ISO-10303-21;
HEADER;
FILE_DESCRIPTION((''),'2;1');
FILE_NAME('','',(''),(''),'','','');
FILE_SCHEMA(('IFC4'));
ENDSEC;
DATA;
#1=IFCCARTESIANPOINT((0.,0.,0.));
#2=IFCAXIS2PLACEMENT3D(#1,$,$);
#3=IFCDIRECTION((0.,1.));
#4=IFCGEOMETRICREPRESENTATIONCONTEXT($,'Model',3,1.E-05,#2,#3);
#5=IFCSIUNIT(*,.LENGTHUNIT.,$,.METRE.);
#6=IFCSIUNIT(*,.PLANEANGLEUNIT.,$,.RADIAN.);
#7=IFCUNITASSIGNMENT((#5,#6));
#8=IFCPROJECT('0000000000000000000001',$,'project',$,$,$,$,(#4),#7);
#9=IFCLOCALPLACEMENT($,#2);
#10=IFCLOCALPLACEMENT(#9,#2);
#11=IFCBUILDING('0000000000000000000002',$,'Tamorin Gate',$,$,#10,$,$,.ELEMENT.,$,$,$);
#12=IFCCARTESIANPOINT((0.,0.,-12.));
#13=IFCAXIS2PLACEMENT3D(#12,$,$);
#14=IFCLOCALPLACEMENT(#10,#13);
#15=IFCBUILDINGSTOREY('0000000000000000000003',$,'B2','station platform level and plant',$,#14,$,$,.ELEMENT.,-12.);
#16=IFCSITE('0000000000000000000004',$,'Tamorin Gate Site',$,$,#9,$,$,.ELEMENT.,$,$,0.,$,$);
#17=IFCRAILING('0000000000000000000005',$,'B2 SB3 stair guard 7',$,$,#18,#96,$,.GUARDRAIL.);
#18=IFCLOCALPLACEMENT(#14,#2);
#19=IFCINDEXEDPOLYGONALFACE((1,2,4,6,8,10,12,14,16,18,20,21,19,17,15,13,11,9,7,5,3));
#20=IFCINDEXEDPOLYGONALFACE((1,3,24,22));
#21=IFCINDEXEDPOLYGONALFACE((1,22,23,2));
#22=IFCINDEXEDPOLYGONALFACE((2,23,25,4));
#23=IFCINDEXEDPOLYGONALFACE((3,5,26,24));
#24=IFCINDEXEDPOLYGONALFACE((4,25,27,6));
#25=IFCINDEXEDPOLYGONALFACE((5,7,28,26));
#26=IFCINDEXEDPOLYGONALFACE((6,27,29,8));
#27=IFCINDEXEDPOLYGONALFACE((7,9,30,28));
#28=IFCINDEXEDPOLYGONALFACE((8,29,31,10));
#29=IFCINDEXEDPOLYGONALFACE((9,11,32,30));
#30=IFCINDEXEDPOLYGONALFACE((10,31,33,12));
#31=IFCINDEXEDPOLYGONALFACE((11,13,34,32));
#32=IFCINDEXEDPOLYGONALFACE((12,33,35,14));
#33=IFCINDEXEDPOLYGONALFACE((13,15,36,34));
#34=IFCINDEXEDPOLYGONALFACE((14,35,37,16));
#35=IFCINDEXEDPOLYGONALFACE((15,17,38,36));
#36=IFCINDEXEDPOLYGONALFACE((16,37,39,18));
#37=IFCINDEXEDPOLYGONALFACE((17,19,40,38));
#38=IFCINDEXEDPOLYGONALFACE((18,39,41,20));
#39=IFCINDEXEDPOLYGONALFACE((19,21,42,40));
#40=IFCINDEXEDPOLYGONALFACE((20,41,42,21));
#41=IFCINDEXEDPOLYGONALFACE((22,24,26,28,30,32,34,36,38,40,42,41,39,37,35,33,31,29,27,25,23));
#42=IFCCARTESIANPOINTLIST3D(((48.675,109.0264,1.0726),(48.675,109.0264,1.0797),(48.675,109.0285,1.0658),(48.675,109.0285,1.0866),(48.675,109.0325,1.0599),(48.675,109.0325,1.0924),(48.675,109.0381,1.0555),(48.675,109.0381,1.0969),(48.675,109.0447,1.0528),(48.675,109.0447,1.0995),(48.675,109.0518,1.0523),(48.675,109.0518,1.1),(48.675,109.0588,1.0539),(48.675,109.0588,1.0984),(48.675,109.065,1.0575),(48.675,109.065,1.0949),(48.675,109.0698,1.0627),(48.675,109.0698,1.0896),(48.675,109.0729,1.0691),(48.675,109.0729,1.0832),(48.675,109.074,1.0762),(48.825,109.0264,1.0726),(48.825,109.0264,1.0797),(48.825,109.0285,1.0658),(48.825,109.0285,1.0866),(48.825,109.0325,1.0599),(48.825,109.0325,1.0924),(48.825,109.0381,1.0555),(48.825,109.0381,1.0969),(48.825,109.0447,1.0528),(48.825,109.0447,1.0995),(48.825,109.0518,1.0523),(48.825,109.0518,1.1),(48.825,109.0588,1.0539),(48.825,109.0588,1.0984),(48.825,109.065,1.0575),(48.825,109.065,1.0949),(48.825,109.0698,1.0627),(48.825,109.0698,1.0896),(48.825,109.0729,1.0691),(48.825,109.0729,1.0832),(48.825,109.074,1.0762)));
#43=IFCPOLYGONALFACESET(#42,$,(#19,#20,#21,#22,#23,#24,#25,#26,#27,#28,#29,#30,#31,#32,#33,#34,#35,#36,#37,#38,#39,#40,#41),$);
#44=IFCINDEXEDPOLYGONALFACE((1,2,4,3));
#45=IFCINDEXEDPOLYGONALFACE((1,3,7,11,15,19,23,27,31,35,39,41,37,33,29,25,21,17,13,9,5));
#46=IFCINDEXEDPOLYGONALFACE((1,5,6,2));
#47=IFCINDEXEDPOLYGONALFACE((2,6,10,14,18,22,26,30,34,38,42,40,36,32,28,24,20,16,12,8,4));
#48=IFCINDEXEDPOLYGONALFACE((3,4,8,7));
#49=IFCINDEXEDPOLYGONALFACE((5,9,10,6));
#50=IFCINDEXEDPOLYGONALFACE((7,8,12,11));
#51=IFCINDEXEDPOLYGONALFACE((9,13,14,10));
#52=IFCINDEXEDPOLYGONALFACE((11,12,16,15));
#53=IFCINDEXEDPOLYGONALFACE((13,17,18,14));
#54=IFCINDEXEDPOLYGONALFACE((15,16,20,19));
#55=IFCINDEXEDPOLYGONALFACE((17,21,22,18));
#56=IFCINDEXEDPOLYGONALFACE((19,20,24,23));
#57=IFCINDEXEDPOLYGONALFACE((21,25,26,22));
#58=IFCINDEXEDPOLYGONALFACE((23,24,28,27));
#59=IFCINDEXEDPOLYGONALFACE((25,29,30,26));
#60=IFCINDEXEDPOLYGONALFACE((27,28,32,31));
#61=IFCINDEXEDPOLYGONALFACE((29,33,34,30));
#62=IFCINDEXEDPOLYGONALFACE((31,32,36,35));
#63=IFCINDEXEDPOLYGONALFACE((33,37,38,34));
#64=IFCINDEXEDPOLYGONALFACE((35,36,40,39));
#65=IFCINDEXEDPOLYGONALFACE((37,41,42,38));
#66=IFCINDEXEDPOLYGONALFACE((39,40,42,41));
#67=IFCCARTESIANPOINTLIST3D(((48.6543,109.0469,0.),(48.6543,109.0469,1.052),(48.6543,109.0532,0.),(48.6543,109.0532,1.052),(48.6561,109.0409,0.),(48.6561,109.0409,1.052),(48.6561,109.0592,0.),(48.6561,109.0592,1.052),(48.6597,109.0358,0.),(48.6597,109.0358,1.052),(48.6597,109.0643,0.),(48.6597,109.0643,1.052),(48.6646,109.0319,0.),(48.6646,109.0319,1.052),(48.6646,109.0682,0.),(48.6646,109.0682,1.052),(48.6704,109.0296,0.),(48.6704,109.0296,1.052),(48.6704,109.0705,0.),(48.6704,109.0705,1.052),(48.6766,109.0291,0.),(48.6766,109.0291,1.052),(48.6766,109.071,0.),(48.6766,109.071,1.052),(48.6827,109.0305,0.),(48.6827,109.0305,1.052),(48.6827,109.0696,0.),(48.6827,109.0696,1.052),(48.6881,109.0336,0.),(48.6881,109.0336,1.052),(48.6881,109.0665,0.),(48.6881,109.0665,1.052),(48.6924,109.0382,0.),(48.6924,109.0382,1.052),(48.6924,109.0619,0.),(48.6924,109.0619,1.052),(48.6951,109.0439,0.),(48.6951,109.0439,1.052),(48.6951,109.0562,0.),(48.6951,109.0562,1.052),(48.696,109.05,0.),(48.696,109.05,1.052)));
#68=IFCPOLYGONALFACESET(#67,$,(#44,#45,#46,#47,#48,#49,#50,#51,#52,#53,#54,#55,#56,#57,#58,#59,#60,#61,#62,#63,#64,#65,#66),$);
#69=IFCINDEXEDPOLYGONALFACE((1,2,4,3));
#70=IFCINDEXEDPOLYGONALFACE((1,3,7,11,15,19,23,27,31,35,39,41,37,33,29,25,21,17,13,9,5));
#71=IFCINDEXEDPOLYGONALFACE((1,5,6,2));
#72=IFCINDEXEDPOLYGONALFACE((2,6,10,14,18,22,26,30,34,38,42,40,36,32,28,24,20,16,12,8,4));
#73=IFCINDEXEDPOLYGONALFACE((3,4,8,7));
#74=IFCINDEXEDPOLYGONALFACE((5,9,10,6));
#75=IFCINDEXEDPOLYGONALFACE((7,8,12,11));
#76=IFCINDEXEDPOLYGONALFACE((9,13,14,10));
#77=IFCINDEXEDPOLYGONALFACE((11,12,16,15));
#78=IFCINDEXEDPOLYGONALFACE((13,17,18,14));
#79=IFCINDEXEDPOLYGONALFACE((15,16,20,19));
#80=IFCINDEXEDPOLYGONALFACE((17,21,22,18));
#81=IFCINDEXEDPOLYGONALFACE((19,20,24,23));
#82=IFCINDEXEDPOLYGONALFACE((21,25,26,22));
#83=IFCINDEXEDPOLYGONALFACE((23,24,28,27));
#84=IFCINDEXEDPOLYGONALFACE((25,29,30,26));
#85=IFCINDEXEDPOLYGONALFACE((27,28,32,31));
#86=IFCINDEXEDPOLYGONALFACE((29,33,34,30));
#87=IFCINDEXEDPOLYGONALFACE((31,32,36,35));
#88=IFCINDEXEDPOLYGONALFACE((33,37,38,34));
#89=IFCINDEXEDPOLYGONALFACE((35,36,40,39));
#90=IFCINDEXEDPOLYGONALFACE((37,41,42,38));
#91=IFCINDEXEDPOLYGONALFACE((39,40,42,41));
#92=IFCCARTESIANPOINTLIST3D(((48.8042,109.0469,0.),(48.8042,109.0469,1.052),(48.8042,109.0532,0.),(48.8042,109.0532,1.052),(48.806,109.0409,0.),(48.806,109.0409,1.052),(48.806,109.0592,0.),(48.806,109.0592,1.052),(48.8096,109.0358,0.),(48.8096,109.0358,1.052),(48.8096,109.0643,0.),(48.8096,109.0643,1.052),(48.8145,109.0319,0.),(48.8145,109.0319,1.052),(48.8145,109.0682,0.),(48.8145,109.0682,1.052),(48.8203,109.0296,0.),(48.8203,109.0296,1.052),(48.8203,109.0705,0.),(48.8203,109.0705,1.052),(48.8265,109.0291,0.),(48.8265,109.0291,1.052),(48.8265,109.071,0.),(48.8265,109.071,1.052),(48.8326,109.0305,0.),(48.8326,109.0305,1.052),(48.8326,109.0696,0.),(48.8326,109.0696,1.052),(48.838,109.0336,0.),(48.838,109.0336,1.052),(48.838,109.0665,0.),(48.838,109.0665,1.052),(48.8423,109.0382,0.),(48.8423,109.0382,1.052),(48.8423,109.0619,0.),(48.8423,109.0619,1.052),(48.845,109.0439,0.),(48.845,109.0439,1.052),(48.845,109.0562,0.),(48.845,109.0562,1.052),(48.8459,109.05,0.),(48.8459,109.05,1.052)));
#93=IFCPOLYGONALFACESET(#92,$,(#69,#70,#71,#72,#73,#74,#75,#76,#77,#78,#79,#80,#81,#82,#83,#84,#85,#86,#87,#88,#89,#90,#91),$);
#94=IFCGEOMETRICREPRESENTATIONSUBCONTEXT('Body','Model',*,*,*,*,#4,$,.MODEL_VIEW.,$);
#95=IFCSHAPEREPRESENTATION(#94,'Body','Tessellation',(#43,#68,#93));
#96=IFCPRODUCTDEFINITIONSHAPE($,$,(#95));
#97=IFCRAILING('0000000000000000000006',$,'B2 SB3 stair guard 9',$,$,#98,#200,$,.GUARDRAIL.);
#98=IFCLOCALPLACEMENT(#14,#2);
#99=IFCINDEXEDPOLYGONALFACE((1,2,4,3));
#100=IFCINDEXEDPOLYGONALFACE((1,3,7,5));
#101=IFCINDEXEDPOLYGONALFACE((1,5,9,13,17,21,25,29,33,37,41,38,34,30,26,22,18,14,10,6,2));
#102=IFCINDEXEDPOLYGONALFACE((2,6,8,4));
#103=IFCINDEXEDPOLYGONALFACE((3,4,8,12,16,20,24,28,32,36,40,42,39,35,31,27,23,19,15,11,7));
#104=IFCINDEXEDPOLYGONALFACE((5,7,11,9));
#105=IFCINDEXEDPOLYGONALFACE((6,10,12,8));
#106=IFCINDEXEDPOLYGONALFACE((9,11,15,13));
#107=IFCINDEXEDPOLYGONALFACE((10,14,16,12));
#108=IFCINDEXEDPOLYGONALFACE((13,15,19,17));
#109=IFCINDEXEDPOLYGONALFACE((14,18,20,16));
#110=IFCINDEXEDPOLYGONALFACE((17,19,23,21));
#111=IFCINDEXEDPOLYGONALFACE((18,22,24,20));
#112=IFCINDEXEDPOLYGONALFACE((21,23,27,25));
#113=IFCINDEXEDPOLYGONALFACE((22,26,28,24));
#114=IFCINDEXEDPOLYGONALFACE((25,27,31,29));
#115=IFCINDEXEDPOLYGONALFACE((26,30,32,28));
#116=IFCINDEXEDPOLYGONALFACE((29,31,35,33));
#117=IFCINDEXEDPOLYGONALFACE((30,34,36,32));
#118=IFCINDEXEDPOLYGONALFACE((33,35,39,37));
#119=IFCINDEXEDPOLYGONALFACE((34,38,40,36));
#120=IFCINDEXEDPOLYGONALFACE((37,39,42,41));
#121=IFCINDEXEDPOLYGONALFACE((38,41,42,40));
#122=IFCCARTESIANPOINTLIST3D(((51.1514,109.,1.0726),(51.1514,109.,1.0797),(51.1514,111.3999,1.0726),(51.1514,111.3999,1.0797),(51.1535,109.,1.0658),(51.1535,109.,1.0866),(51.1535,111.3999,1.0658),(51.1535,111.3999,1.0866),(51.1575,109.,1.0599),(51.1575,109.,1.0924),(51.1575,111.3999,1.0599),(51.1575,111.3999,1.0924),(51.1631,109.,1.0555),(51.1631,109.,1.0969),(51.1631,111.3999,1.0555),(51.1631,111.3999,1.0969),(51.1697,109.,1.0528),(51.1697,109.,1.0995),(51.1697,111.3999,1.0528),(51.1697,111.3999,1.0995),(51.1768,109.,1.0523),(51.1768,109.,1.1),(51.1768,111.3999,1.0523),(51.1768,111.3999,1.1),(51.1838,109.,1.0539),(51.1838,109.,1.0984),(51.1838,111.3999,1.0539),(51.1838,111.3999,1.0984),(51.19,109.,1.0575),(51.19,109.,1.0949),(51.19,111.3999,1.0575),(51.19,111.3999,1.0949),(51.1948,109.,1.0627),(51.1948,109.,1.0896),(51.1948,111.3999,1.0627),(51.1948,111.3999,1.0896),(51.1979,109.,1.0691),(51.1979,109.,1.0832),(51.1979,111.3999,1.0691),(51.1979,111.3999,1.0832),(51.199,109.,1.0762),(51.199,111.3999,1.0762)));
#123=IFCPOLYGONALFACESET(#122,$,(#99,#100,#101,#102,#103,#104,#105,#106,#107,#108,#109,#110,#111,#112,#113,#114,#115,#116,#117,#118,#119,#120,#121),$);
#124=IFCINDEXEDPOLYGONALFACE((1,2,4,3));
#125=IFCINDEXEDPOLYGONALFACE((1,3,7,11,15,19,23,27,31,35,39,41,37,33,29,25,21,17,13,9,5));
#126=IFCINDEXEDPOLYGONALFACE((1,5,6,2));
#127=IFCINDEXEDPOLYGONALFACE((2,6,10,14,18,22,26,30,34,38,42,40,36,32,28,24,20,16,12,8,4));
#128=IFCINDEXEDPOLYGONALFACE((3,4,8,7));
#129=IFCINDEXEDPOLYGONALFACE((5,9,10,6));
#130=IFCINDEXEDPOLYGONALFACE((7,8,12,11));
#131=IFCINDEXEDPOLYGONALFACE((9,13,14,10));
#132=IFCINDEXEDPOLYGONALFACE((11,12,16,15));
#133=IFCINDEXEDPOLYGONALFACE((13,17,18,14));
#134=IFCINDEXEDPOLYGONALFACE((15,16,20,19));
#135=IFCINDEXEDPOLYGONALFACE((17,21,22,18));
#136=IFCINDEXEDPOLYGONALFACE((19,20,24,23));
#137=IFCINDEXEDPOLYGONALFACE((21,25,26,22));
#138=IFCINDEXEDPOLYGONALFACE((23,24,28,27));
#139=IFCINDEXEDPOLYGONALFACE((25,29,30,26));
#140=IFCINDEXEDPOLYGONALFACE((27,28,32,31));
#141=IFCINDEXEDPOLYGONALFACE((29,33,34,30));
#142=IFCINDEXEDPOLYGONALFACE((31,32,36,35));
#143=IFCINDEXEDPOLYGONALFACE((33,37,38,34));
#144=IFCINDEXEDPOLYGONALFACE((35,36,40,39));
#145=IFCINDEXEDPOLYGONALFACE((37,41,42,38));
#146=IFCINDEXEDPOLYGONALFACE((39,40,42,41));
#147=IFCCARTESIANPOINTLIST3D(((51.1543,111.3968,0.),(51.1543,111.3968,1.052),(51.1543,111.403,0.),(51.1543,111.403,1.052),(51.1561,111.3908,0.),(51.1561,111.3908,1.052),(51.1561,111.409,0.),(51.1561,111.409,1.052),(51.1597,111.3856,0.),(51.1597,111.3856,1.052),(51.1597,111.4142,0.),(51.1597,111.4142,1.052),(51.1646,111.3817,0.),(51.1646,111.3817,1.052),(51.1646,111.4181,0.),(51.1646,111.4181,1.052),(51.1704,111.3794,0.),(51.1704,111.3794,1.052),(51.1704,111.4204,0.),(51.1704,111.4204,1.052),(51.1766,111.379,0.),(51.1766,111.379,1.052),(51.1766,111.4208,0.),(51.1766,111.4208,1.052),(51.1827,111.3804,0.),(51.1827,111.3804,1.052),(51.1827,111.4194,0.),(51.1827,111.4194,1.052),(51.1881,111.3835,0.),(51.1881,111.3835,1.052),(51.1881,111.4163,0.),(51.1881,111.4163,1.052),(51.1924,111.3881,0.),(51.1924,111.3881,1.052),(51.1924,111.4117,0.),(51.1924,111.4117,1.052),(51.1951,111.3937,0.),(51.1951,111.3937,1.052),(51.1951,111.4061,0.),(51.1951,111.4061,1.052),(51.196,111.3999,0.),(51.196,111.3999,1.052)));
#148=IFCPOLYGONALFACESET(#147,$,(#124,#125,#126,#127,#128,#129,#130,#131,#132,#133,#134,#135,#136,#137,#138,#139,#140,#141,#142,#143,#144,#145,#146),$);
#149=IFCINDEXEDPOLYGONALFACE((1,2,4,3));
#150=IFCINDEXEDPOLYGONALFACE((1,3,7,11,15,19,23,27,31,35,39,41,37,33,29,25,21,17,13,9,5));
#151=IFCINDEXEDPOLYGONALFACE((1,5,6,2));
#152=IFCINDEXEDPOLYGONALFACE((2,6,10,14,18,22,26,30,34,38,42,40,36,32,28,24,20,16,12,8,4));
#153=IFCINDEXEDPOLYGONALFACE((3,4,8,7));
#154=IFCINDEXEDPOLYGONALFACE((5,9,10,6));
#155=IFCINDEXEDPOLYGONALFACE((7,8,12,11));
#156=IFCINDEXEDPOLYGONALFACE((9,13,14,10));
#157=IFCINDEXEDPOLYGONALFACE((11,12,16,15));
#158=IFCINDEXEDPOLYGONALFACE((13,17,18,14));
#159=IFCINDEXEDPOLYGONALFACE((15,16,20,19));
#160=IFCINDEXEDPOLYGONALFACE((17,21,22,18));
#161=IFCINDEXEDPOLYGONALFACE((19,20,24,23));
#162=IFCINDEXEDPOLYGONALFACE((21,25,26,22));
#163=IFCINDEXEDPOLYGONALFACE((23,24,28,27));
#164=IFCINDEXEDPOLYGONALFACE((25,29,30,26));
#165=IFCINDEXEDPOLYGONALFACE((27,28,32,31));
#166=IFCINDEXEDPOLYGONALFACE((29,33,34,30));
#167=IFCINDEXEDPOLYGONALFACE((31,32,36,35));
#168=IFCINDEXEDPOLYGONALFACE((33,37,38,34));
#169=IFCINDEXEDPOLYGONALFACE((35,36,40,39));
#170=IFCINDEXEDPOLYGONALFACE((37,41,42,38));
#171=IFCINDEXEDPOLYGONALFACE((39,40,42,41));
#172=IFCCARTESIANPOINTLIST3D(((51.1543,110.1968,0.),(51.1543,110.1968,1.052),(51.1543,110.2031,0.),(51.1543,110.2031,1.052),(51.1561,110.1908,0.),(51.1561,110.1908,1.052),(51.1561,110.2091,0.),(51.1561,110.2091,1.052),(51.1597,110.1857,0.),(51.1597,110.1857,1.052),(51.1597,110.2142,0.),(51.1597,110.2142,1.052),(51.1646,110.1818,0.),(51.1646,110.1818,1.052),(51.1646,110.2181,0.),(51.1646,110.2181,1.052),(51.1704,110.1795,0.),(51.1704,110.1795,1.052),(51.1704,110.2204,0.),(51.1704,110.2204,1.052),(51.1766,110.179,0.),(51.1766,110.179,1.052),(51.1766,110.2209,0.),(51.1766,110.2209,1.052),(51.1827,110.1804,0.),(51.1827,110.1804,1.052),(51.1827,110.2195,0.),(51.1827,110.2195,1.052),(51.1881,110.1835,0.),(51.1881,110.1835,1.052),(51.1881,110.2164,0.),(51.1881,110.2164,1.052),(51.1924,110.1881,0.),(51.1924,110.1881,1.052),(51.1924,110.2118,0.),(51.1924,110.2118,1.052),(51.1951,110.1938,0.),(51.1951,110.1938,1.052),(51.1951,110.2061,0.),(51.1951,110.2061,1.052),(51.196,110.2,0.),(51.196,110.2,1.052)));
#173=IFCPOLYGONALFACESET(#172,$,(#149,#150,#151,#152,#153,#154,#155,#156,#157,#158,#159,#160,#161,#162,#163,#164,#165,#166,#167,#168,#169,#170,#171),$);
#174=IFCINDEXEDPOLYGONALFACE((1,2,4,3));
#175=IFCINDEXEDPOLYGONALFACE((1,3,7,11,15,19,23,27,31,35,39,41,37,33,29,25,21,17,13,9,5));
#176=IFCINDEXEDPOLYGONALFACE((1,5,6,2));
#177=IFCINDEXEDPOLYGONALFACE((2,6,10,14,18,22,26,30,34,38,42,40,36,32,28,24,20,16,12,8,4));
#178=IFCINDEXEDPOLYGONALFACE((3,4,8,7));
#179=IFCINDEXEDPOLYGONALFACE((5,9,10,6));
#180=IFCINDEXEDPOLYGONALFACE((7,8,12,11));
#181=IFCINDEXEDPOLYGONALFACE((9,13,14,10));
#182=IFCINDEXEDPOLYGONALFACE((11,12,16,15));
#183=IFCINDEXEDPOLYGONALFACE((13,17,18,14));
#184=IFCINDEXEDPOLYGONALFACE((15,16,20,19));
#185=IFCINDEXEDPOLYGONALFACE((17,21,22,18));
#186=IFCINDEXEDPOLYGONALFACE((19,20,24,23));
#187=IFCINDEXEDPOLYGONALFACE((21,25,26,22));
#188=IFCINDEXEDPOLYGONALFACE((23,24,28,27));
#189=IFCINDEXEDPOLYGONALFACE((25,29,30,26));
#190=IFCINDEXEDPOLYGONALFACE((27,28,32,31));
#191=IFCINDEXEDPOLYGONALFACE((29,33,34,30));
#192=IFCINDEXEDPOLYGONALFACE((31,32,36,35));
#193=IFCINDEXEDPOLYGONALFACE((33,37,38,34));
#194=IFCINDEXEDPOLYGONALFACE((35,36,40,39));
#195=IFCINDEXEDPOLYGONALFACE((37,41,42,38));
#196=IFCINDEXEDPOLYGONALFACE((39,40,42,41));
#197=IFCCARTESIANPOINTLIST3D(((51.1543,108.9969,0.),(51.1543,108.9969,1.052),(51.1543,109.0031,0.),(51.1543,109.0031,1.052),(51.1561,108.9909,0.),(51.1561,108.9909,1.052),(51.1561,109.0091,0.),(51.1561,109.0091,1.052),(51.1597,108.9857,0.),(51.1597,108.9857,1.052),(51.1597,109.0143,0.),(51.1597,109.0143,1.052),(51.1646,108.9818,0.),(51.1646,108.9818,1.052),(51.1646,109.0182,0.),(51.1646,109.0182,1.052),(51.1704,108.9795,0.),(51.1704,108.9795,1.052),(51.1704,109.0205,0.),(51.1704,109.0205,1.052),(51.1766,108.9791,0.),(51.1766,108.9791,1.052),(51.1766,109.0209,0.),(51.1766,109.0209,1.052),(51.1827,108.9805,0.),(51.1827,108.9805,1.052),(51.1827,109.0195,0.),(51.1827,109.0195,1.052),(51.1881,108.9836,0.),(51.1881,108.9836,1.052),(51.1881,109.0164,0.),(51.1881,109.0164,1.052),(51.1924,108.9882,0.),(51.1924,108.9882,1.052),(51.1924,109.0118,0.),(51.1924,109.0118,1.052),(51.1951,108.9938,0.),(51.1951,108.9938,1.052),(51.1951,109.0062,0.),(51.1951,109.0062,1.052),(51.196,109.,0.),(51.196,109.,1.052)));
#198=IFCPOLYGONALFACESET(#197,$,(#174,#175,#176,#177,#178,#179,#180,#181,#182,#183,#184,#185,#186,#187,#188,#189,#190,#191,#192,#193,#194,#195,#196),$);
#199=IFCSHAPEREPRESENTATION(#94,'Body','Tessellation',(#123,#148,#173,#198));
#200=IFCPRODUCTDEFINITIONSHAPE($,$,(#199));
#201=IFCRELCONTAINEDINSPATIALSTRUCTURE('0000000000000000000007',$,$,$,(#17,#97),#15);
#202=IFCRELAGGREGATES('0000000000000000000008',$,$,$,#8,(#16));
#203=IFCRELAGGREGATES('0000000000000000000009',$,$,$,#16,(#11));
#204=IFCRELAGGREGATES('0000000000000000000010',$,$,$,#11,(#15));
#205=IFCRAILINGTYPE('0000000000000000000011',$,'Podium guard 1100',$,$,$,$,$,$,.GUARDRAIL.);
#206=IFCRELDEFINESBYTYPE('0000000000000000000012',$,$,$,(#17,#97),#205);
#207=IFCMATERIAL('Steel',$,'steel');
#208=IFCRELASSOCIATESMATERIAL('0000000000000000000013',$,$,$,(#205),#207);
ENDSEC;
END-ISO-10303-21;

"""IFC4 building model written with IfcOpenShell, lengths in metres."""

from ifc_helpers import new_model, si_unit, direction, frame, origin, origin_2d, place, context, subcontext, project, spatial, circle, extrude, material, type_object, element, save


model = new_model("IFC4")

# Units and contexts
model_context = context("Model", 3, precision=1e-05, world=origin(), true_north=direction((0.0, 1.0)))
body_context = subcontext(model_context, "Body", "Model", "MODEL_VIEW")
ifc_project = project(units=[si_unit("LENGTHUNIT", "METRE"), si_unit("PLANEANGLEUNIT", "RADIAN")], contexts=[model_context])

# Site, building, storey
site_placement = place(None, origin())
site = spatial("IfcSite", under=ifc_project, at=site_placement, Name="Tamorin Gate Site", CompositionType="ELEMENT", RefElevation=0.0)
building_placement = place(site_placement, origin())
building = spatial("IfcBuilding", under=site, at=building_placement, Name="Tamorin Gate", CompositionType="ELEMENT")
storey_placement = place(building_placement, frame((0.0, 0.0, -12.0)))
storey = spatial("IfcBuildingStorey", under=building, at=storey_placement, Name="B2", Description="station platform level and plant", CompositionType="ELEMENT", Elevation=-12.0)

# Railings
ifc_material_1 = material(Name="Steel", Category="steel")
railing_type_1 = type_object("IfcRailingType", Name="Podium guard 1100", PredefinedType="GUARDRAIL", material=ifc_material_1)
railing_1_placement = place(storey_placement, frame((48.675, 109.05, 0.0)))
element("IfcRailing", 1, at=railing_1_placement, inside=storey, type_object=railing_type_1, Name="B2 SB3 stair guard 7", PredefinedType="GUARDRAIL", context=body_context, shape_type="SweptSolid", body=[
    extrude(circle(Radius=0.0239, at=origin_2d()), frame((0.0, 0.0, 1.0762), z_axis=(1.0, 0.0, 0.0), x_axis=(0.0, 1.0, 0.0)), (0.0, 0.0, 1.0), 0.1499),
    extrude(circle(Radius=0.021, at=origin_2d()), origin(), (0.0, 0.0, 1.0), 1.052),
    extrude(circle(Radius=0.021, at=origin_2d()), frame((0.1499, 0.0, 0.0)), (0.0, 0.0, 1.0), 1.052),
])
railing_2_placement = place(storey_placement, frame((51.175, 111.3999, 0.0)))
element("IfcRailing", 2, at=railing_2_placement, inside=storey, type_object=railing_type_1, Name="B2 SB3 stair guard 9", PredefinedType="GUARDRAIL", context=body_context, shape_type="SweptSolid", body=[
    extrude(circle(Radius=0.0239, at=origin_2d()), frame((0.0, 0.0, 1.0762), z_axis=(0.0, -1.0, 0.0), x_axis=(1.0, 0.0, 0.0)), (0.0, 0.0, 1.0), 2.3999),
    extrude(circle(Radius=0.021, at=origin_2d()), origin(), (0.0, 0.0, 1.0), 1.052),
    extrude(circle(Radius=0.021, at=origin_2d()), frame((0.0, -1.2, 0.0)), (0.0, 0.0, 1.0), 1.052),
    extrude(circle(Radius=0.021, at=origin_2d()), frame((0.0, -2.3999, 0.0)), (0.0, 0.0, 1.0), 1.052),
])

save(model, "model.ifc")
